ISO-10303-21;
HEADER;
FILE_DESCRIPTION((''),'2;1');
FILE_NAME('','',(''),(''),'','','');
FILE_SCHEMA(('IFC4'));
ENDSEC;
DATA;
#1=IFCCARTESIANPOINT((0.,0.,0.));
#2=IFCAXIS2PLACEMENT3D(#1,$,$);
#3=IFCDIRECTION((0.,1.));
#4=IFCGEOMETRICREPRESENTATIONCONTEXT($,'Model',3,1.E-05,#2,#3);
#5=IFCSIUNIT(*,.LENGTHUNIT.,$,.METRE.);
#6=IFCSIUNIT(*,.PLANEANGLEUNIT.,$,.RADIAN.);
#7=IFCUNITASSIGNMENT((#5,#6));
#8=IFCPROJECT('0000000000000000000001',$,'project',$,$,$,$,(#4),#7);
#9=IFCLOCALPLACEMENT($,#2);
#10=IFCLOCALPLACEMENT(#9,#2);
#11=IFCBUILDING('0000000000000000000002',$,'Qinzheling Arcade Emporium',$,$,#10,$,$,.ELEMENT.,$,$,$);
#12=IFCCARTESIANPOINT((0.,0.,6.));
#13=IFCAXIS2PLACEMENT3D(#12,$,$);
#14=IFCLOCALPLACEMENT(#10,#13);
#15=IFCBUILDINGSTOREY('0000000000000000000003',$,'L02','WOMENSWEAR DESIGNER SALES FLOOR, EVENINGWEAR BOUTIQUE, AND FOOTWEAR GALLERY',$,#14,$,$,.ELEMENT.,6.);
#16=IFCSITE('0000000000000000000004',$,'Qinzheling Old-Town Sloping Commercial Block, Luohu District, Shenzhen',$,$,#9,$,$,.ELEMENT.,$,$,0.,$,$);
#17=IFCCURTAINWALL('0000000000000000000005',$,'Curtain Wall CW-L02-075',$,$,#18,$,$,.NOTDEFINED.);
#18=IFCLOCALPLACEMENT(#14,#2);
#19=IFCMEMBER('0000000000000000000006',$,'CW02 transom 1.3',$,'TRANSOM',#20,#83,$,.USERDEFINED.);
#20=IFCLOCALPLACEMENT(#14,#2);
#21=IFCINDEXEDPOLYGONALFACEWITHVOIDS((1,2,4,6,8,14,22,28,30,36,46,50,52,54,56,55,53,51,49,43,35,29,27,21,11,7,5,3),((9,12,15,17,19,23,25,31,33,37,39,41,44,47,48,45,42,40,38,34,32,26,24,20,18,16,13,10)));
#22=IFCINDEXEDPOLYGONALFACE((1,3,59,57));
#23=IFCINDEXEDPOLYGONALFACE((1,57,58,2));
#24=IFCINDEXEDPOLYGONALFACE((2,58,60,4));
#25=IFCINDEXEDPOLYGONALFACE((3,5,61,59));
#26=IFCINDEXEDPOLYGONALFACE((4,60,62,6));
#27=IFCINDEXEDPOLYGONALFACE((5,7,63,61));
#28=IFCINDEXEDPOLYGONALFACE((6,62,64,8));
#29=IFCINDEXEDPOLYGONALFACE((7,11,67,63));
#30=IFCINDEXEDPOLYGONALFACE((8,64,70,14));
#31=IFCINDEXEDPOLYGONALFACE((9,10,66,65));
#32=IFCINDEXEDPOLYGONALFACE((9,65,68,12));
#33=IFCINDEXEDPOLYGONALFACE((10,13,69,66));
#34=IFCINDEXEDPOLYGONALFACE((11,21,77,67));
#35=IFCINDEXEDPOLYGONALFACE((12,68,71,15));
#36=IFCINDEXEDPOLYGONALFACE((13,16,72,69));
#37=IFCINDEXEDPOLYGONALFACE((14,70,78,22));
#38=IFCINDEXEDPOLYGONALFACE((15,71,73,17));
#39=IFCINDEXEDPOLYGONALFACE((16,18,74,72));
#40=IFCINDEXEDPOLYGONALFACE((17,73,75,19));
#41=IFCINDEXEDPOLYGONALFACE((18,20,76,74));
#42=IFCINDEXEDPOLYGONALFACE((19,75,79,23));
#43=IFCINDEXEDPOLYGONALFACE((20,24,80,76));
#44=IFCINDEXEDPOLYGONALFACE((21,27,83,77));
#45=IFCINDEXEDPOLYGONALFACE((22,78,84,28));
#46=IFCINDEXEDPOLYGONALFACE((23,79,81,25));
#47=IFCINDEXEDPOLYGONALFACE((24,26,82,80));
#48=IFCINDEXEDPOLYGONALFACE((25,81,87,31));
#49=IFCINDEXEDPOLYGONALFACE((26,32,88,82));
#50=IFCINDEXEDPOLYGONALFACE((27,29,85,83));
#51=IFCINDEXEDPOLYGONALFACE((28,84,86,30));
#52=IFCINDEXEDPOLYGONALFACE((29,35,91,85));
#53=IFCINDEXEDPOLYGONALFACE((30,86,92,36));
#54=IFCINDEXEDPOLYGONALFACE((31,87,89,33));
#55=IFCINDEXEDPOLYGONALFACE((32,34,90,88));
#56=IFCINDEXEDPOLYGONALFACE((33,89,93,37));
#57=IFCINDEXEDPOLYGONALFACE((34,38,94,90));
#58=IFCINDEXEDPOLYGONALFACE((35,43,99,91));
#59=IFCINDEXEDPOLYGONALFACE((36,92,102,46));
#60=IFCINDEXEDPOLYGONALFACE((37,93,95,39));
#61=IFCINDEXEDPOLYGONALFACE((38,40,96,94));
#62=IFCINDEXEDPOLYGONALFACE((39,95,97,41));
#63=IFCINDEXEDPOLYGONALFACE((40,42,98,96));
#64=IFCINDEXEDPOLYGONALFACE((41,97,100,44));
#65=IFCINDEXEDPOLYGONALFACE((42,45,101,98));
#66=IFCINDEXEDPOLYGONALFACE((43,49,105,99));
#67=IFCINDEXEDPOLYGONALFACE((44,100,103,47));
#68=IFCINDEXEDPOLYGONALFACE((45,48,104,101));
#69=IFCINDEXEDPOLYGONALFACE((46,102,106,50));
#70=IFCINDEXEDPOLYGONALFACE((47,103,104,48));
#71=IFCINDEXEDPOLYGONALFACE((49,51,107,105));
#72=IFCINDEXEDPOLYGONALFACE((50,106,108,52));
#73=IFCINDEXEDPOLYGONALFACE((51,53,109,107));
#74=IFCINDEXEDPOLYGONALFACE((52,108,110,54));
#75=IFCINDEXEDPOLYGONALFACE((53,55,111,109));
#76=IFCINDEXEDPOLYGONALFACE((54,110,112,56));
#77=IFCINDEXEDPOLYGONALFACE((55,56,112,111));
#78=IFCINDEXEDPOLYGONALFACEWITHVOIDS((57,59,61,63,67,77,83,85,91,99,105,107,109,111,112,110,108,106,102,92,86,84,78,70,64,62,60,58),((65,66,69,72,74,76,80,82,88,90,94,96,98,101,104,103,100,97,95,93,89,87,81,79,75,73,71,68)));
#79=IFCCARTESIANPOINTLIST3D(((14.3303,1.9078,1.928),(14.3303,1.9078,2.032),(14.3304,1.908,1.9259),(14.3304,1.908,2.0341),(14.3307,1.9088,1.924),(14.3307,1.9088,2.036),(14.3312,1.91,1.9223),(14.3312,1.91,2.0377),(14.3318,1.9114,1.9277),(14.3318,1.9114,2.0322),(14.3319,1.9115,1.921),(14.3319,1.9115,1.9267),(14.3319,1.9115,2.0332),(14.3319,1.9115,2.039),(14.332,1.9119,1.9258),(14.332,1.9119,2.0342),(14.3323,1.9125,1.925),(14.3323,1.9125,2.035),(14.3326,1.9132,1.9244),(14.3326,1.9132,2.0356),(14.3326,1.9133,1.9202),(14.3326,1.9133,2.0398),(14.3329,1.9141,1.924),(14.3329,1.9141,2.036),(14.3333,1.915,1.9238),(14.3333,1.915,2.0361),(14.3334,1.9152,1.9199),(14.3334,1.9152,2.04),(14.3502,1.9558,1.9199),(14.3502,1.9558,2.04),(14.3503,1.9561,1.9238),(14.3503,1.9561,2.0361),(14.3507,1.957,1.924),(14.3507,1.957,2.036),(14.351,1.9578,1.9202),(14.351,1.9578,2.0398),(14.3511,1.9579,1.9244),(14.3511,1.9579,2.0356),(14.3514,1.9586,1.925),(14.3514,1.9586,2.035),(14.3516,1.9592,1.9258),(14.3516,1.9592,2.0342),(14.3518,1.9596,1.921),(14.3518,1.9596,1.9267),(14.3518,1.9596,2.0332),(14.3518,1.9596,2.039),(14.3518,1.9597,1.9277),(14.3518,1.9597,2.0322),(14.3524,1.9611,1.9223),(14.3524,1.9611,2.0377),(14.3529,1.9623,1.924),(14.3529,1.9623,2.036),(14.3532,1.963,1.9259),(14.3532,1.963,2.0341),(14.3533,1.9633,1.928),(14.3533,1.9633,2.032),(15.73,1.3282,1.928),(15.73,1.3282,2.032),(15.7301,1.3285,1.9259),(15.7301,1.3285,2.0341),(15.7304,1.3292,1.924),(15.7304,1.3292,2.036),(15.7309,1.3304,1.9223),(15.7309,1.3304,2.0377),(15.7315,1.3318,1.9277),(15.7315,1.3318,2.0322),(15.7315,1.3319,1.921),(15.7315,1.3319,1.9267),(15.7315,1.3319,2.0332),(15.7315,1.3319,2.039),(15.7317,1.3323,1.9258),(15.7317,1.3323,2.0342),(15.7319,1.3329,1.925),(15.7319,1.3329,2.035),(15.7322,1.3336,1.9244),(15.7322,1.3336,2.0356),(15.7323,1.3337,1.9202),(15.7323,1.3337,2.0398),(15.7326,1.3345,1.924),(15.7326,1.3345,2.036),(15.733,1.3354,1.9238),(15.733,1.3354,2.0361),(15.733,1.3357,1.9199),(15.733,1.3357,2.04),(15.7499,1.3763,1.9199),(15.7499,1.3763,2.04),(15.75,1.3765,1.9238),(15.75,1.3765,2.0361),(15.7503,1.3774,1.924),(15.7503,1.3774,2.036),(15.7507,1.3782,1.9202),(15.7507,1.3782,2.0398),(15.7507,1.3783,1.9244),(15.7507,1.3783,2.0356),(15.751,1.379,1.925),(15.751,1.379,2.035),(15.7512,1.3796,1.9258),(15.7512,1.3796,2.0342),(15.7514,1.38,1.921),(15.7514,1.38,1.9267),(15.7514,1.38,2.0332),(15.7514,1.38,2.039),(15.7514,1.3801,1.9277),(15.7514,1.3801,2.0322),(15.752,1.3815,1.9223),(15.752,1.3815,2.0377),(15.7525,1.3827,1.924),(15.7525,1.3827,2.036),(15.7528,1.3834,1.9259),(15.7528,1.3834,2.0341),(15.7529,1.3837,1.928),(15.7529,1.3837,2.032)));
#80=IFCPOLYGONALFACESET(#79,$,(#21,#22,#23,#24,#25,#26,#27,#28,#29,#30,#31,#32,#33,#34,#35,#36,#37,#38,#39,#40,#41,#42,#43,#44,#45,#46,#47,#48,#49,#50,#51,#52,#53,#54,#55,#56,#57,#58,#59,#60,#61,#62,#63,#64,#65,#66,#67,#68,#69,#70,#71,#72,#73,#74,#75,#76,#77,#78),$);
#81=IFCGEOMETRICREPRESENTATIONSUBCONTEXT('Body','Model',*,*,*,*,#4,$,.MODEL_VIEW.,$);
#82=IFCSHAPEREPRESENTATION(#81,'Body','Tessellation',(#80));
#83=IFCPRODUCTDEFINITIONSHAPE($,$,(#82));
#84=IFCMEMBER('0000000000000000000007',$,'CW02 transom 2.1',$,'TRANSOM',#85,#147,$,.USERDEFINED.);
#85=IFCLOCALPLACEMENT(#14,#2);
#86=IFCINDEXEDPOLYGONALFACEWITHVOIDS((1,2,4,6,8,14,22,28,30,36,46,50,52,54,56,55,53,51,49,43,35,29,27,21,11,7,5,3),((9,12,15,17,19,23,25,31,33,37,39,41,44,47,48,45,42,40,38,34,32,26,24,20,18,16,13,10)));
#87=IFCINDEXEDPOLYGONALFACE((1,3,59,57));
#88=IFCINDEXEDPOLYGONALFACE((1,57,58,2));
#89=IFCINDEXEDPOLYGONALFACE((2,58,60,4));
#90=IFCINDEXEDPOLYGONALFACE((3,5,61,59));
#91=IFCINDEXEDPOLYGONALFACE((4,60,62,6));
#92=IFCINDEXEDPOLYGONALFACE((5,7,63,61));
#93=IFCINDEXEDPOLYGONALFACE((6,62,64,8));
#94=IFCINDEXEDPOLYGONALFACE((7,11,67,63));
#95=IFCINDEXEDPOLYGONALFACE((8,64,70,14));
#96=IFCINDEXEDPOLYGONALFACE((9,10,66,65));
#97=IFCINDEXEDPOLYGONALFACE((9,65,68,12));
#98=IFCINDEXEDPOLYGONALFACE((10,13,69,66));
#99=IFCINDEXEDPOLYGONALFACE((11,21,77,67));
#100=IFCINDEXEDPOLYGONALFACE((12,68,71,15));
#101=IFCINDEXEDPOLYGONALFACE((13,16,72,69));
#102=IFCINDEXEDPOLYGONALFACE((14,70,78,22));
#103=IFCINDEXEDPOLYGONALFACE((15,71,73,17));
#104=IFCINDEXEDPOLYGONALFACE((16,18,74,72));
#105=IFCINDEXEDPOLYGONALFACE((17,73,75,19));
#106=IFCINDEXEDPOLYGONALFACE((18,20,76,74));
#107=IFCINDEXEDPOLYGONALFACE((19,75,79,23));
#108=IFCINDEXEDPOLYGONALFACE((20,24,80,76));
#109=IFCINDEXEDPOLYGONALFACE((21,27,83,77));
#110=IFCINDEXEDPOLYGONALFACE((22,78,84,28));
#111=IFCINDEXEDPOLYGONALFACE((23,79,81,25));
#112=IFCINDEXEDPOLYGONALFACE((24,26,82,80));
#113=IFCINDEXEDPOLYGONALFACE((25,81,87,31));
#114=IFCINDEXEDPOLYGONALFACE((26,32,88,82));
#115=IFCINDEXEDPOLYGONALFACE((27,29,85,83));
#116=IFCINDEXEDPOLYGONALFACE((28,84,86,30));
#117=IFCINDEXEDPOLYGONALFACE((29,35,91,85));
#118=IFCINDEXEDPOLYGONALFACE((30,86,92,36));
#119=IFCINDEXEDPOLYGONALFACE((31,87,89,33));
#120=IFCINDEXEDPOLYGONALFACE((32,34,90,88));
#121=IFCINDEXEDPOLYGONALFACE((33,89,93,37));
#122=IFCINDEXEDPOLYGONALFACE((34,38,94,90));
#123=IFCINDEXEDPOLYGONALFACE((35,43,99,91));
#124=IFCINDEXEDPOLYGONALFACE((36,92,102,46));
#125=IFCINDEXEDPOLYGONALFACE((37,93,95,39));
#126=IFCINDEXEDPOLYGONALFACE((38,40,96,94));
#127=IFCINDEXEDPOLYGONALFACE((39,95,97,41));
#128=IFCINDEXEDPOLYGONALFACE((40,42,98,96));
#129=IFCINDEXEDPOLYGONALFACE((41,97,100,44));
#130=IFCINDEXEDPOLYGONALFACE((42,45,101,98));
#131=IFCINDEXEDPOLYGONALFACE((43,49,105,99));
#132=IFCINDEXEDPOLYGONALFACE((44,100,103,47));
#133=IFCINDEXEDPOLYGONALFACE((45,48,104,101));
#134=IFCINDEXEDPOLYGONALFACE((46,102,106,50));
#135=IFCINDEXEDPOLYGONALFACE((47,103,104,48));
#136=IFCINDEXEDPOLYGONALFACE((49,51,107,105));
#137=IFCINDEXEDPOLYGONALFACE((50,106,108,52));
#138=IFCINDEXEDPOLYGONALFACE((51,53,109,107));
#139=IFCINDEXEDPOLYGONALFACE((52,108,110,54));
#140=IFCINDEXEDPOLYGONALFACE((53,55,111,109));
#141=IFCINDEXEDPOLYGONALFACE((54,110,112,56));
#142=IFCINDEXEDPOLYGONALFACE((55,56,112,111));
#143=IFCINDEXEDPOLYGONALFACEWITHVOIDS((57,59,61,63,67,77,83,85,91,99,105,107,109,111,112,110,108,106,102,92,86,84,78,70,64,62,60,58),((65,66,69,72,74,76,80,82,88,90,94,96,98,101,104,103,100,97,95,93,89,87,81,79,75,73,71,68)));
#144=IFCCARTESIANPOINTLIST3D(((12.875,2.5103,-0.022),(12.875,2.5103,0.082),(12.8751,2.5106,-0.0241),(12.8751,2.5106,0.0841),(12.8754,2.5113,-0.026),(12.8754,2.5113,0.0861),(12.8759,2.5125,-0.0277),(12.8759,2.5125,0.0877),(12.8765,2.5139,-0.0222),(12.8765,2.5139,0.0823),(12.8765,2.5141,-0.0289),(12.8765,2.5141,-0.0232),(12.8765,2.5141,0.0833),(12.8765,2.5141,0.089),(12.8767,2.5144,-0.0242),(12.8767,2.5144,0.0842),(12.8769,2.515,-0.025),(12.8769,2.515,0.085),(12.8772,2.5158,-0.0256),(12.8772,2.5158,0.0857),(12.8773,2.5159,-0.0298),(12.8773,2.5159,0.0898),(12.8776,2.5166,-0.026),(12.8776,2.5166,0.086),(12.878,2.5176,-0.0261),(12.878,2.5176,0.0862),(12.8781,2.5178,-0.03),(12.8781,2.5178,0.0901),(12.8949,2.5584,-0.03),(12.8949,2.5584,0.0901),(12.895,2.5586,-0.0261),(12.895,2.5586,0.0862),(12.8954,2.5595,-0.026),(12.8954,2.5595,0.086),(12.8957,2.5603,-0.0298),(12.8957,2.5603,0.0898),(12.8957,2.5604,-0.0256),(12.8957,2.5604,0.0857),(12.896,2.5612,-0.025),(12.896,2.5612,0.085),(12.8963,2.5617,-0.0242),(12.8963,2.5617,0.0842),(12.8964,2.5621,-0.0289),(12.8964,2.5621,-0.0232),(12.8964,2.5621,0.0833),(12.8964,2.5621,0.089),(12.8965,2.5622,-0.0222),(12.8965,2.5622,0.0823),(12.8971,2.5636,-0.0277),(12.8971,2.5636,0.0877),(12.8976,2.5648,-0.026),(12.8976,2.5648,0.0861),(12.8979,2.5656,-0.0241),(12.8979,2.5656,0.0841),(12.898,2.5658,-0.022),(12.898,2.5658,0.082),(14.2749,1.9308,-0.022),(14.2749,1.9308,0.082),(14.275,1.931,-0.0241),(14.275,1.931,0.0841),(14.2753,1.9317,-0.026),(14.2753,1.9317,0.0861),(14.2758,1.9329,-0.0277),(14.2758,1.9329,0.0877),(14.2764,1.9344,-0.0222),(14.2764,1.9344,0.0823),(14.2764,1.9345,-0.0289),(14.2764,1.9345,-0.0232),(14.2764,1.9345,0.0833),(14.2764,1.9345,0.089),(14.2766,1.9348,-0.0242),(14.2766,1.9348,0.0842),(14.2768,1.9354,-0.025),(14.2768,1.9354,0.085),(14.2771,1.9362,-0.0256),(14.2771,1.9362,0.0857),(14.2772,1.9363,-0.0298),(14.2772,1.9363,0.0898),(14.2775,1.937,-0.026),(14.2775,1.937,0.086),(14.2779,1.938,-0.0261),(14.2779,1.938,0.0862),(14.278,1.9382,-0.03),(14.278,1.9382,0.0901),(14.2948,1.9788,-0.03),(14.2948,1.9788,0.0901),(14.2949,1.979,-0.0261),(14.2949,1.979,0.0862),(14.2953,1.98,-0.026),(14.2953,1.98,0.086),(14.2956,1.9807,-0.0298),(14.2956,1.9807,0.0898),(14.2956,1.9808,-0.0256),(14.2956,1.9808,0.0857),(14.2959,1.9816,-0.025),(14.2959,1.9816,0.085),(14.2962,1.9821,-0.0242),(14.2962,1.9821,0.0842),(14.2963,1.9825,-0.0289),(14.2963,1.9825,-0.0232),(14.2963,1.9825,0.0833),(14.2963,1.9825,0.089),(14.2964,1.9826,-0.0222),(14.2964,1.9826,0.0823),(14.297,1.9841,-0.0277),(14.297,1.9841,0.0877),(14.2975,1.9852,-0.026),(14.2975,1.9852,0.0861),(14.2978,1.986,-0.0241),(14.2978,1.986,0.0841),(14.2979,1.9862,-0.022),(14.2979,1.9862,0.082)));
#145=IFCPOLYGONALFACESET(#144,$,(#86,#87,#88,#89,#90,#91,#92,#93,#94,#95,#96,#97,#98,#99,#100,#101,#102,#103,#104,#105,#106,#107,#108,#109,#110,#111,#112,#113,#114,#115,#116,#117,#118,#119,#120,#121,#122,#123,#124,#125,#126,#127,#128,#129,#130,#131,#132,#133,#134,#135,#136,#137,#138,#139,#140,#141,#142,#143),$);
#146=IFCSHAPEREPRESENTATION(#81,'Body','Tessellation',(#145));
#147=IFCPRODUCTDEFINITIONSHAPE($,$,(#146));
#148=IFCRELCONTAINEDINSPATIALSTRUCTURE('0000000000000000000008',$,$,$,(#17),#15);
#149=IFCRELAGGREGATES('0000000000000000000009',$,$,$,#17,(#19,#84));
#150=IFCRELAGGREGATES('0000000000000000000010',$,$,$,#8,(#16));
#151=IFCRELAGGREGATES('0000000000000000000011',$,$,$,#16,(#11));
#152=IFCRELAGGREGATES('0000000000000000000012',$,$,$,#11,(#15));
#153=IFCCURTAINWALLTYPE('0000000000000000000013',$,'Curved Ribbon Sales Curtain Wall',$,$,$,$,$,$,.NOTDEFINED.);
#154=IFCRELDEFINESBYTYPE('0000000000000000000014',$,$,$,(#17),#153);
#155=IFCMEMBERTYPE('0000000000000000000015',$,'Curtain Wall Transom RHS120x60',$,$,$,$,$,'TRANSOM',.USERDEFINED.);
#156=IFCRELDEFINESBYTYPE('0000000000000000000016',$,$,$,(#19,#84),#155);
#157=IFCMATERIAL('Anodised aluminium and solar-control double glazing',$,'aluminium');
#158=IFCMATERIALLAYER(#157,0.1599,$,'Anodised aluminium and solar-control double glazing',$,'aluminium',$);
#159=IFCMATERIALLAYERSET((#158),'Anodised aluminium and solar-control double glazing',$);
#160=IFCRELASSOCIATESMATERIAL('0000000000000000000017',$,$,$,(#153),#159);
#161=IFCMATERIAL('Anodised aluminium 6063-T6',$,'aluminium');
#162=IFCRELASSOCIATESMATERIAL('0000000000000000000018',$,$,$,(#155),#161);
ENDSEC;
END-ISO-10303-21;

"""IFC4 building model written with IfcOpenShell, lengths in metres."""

from ifc_helpers import new_model, si_unit, direction, frame, origin, origin_2d, place, context, subcontext, project, spatial, hollow_rectangle, extrude, material, layer, layer_set, material_profile, profile_set, type_object, element, aggregate, save


model = new_model("IFC4")

# Units and contexts
model_context = context("Model", 3, precision=1e-05, world=origin(), true_north=direction((0.0, 1.0)))
body_context = subcontext(model_context, "Body", "Model", "MODEL_VIEW")
ifc_project = project(units=[si_unit("LENGTHUNIT", "METRE"), si_unit("PLANEANGLEUNIT", "RADIAN")], contexts=[model_context])

# Site, building, storey
site_placement = place(None, origin())
site = spatial("IfcSite", under=ifc_project, at=site_placement, Name="Qinzheling Old-Town Sloping Commercial Block, Luohu District, Shenzhen", CompositionType="ELEMENT", RefElevation=0.0)
building_placement = place(site_placement, origin())
building = spatial("IfcBuilding", under=site, at=building_placement, Name="Qinzheling Arcade Emporium", CompositionType="ELEMENT")
storey_placement = place(building_placement, frame((0.0, 0.0, 6.0)))
storey = spatial("IfcBuildingStorey", under=building, at=storey_placement, Name="L02", Description="WOMENSWEAR DESIGNER SALES FLOOR, EVENINGWEAR BOUTIQUE, AND FOOTWEAR GALLERY", CompositionType="ELEMENT", Elevation=6.0)

# Curtain wall
ifc_material_1 = material(Name="Anodised aluminium and solar-control double glazing", Category="aluminium")
ifc_layer_1 = layer(ifc_material_1, 0.1599, Name="Anodised aluminium and solar-control double glazing", Category="aluminium")
ifc_layer_set_1 = layer_set([ifc_layer_1], Name="Anodised aluminium and solar-control double glazing")
curtain_wall_type = type_object("IfcCurtainWallType", Name="Curved Ribbon Sales Curtain Wall", PredefinedType="NOTDEFINED", material=ifc_layer_set_1)
curtain_wall_1_placement = place(storey_placement, origin())
curtain_wall_1 = element("IfcCurtainWall", 1, at=curtain_wall_1_placement, inside=storey, type_object=curtain_wall_type, Name="Curtain Wall CW-L02-075", PredefinedType="NOTDEFINED")
ifc_material_2 = material(Name="Anodised aluminium 6063-T6", Category="aluminium")

# Members
ifc_material_profile_1 = material_profile(ifc_material_2, hollow_rectangle(XDim=0.0601, YDim=0.1201, WallThickness=0.0039, InnerFilletRadius=0.0039, OuterFilletRadius=0.0081, at=origin_2d()), Name="RHS 120x60x4", Category="aluminium")
ifc_profile_set_1 = profile_set([ifc_material_profile_1], Name="Anodised aluminium 6063-T6")
member_type_1 = type_object("IfcMemberType", Name="Curtain Wall Transom RHS120x60", ElementType="TRANSOM", PredefinedType="USERDEFINED", material=ifc_profile_set_1)
member_1_placement = place(storey_placement, frame((15.7415, 1.356, 1.98), z_axis=(-0.923919, 0.382589, 0.0), x_axis=(-0.382589, -0.923919, 0.0)))
member_1 = element("IfcMember", 2, at=member_1_placement, type_object=member_type_1, Name="CW02 transom 1.3", ObjectType="TRANSOM", PredefinedType="USERDEFINED", context=body_context, shape_type="SweptSolid", body=[
    extrude(hollow_rectangle(XDim=0.0601, YDim=0.1201, WallThickness=0.0039, InnerFilletRadius=0.0039, OuterFilletRadius=0.0081, at=origin_2d()), origin(), (0.0, 0.0, 1.0), 1.5149),
])
member_2_placement = place(storey_placement, frame((14.2864, 1.9585, 0.03), z_axis=(-0.923942, 0.382532, 0.0), x_axis=(-0.382532, -0.923942, 0.0)))
member_2 = element("IfcMember", 3, at=member_2_placement, type_object=member_type_1, Name="CW02 transom 2.1", ObjectType="TRANSOM", PredefinedType="USERDEFINED", context=body_context, shape_type="SweptSolid", body=[
    extrude(hollow_rectangle(XDim=0.0601, YDim=0.1201, WallThickness=0.0039, InnerFilletRadius=0.0039, OuterFilletRadius=0.0081, at=origin_2d()), origin(), (0.0, 0.0, 1.0), 1.5151),
])

aggregate(curtain_wall_1, [member_1, member_2])

save(model, "model.ifc")
